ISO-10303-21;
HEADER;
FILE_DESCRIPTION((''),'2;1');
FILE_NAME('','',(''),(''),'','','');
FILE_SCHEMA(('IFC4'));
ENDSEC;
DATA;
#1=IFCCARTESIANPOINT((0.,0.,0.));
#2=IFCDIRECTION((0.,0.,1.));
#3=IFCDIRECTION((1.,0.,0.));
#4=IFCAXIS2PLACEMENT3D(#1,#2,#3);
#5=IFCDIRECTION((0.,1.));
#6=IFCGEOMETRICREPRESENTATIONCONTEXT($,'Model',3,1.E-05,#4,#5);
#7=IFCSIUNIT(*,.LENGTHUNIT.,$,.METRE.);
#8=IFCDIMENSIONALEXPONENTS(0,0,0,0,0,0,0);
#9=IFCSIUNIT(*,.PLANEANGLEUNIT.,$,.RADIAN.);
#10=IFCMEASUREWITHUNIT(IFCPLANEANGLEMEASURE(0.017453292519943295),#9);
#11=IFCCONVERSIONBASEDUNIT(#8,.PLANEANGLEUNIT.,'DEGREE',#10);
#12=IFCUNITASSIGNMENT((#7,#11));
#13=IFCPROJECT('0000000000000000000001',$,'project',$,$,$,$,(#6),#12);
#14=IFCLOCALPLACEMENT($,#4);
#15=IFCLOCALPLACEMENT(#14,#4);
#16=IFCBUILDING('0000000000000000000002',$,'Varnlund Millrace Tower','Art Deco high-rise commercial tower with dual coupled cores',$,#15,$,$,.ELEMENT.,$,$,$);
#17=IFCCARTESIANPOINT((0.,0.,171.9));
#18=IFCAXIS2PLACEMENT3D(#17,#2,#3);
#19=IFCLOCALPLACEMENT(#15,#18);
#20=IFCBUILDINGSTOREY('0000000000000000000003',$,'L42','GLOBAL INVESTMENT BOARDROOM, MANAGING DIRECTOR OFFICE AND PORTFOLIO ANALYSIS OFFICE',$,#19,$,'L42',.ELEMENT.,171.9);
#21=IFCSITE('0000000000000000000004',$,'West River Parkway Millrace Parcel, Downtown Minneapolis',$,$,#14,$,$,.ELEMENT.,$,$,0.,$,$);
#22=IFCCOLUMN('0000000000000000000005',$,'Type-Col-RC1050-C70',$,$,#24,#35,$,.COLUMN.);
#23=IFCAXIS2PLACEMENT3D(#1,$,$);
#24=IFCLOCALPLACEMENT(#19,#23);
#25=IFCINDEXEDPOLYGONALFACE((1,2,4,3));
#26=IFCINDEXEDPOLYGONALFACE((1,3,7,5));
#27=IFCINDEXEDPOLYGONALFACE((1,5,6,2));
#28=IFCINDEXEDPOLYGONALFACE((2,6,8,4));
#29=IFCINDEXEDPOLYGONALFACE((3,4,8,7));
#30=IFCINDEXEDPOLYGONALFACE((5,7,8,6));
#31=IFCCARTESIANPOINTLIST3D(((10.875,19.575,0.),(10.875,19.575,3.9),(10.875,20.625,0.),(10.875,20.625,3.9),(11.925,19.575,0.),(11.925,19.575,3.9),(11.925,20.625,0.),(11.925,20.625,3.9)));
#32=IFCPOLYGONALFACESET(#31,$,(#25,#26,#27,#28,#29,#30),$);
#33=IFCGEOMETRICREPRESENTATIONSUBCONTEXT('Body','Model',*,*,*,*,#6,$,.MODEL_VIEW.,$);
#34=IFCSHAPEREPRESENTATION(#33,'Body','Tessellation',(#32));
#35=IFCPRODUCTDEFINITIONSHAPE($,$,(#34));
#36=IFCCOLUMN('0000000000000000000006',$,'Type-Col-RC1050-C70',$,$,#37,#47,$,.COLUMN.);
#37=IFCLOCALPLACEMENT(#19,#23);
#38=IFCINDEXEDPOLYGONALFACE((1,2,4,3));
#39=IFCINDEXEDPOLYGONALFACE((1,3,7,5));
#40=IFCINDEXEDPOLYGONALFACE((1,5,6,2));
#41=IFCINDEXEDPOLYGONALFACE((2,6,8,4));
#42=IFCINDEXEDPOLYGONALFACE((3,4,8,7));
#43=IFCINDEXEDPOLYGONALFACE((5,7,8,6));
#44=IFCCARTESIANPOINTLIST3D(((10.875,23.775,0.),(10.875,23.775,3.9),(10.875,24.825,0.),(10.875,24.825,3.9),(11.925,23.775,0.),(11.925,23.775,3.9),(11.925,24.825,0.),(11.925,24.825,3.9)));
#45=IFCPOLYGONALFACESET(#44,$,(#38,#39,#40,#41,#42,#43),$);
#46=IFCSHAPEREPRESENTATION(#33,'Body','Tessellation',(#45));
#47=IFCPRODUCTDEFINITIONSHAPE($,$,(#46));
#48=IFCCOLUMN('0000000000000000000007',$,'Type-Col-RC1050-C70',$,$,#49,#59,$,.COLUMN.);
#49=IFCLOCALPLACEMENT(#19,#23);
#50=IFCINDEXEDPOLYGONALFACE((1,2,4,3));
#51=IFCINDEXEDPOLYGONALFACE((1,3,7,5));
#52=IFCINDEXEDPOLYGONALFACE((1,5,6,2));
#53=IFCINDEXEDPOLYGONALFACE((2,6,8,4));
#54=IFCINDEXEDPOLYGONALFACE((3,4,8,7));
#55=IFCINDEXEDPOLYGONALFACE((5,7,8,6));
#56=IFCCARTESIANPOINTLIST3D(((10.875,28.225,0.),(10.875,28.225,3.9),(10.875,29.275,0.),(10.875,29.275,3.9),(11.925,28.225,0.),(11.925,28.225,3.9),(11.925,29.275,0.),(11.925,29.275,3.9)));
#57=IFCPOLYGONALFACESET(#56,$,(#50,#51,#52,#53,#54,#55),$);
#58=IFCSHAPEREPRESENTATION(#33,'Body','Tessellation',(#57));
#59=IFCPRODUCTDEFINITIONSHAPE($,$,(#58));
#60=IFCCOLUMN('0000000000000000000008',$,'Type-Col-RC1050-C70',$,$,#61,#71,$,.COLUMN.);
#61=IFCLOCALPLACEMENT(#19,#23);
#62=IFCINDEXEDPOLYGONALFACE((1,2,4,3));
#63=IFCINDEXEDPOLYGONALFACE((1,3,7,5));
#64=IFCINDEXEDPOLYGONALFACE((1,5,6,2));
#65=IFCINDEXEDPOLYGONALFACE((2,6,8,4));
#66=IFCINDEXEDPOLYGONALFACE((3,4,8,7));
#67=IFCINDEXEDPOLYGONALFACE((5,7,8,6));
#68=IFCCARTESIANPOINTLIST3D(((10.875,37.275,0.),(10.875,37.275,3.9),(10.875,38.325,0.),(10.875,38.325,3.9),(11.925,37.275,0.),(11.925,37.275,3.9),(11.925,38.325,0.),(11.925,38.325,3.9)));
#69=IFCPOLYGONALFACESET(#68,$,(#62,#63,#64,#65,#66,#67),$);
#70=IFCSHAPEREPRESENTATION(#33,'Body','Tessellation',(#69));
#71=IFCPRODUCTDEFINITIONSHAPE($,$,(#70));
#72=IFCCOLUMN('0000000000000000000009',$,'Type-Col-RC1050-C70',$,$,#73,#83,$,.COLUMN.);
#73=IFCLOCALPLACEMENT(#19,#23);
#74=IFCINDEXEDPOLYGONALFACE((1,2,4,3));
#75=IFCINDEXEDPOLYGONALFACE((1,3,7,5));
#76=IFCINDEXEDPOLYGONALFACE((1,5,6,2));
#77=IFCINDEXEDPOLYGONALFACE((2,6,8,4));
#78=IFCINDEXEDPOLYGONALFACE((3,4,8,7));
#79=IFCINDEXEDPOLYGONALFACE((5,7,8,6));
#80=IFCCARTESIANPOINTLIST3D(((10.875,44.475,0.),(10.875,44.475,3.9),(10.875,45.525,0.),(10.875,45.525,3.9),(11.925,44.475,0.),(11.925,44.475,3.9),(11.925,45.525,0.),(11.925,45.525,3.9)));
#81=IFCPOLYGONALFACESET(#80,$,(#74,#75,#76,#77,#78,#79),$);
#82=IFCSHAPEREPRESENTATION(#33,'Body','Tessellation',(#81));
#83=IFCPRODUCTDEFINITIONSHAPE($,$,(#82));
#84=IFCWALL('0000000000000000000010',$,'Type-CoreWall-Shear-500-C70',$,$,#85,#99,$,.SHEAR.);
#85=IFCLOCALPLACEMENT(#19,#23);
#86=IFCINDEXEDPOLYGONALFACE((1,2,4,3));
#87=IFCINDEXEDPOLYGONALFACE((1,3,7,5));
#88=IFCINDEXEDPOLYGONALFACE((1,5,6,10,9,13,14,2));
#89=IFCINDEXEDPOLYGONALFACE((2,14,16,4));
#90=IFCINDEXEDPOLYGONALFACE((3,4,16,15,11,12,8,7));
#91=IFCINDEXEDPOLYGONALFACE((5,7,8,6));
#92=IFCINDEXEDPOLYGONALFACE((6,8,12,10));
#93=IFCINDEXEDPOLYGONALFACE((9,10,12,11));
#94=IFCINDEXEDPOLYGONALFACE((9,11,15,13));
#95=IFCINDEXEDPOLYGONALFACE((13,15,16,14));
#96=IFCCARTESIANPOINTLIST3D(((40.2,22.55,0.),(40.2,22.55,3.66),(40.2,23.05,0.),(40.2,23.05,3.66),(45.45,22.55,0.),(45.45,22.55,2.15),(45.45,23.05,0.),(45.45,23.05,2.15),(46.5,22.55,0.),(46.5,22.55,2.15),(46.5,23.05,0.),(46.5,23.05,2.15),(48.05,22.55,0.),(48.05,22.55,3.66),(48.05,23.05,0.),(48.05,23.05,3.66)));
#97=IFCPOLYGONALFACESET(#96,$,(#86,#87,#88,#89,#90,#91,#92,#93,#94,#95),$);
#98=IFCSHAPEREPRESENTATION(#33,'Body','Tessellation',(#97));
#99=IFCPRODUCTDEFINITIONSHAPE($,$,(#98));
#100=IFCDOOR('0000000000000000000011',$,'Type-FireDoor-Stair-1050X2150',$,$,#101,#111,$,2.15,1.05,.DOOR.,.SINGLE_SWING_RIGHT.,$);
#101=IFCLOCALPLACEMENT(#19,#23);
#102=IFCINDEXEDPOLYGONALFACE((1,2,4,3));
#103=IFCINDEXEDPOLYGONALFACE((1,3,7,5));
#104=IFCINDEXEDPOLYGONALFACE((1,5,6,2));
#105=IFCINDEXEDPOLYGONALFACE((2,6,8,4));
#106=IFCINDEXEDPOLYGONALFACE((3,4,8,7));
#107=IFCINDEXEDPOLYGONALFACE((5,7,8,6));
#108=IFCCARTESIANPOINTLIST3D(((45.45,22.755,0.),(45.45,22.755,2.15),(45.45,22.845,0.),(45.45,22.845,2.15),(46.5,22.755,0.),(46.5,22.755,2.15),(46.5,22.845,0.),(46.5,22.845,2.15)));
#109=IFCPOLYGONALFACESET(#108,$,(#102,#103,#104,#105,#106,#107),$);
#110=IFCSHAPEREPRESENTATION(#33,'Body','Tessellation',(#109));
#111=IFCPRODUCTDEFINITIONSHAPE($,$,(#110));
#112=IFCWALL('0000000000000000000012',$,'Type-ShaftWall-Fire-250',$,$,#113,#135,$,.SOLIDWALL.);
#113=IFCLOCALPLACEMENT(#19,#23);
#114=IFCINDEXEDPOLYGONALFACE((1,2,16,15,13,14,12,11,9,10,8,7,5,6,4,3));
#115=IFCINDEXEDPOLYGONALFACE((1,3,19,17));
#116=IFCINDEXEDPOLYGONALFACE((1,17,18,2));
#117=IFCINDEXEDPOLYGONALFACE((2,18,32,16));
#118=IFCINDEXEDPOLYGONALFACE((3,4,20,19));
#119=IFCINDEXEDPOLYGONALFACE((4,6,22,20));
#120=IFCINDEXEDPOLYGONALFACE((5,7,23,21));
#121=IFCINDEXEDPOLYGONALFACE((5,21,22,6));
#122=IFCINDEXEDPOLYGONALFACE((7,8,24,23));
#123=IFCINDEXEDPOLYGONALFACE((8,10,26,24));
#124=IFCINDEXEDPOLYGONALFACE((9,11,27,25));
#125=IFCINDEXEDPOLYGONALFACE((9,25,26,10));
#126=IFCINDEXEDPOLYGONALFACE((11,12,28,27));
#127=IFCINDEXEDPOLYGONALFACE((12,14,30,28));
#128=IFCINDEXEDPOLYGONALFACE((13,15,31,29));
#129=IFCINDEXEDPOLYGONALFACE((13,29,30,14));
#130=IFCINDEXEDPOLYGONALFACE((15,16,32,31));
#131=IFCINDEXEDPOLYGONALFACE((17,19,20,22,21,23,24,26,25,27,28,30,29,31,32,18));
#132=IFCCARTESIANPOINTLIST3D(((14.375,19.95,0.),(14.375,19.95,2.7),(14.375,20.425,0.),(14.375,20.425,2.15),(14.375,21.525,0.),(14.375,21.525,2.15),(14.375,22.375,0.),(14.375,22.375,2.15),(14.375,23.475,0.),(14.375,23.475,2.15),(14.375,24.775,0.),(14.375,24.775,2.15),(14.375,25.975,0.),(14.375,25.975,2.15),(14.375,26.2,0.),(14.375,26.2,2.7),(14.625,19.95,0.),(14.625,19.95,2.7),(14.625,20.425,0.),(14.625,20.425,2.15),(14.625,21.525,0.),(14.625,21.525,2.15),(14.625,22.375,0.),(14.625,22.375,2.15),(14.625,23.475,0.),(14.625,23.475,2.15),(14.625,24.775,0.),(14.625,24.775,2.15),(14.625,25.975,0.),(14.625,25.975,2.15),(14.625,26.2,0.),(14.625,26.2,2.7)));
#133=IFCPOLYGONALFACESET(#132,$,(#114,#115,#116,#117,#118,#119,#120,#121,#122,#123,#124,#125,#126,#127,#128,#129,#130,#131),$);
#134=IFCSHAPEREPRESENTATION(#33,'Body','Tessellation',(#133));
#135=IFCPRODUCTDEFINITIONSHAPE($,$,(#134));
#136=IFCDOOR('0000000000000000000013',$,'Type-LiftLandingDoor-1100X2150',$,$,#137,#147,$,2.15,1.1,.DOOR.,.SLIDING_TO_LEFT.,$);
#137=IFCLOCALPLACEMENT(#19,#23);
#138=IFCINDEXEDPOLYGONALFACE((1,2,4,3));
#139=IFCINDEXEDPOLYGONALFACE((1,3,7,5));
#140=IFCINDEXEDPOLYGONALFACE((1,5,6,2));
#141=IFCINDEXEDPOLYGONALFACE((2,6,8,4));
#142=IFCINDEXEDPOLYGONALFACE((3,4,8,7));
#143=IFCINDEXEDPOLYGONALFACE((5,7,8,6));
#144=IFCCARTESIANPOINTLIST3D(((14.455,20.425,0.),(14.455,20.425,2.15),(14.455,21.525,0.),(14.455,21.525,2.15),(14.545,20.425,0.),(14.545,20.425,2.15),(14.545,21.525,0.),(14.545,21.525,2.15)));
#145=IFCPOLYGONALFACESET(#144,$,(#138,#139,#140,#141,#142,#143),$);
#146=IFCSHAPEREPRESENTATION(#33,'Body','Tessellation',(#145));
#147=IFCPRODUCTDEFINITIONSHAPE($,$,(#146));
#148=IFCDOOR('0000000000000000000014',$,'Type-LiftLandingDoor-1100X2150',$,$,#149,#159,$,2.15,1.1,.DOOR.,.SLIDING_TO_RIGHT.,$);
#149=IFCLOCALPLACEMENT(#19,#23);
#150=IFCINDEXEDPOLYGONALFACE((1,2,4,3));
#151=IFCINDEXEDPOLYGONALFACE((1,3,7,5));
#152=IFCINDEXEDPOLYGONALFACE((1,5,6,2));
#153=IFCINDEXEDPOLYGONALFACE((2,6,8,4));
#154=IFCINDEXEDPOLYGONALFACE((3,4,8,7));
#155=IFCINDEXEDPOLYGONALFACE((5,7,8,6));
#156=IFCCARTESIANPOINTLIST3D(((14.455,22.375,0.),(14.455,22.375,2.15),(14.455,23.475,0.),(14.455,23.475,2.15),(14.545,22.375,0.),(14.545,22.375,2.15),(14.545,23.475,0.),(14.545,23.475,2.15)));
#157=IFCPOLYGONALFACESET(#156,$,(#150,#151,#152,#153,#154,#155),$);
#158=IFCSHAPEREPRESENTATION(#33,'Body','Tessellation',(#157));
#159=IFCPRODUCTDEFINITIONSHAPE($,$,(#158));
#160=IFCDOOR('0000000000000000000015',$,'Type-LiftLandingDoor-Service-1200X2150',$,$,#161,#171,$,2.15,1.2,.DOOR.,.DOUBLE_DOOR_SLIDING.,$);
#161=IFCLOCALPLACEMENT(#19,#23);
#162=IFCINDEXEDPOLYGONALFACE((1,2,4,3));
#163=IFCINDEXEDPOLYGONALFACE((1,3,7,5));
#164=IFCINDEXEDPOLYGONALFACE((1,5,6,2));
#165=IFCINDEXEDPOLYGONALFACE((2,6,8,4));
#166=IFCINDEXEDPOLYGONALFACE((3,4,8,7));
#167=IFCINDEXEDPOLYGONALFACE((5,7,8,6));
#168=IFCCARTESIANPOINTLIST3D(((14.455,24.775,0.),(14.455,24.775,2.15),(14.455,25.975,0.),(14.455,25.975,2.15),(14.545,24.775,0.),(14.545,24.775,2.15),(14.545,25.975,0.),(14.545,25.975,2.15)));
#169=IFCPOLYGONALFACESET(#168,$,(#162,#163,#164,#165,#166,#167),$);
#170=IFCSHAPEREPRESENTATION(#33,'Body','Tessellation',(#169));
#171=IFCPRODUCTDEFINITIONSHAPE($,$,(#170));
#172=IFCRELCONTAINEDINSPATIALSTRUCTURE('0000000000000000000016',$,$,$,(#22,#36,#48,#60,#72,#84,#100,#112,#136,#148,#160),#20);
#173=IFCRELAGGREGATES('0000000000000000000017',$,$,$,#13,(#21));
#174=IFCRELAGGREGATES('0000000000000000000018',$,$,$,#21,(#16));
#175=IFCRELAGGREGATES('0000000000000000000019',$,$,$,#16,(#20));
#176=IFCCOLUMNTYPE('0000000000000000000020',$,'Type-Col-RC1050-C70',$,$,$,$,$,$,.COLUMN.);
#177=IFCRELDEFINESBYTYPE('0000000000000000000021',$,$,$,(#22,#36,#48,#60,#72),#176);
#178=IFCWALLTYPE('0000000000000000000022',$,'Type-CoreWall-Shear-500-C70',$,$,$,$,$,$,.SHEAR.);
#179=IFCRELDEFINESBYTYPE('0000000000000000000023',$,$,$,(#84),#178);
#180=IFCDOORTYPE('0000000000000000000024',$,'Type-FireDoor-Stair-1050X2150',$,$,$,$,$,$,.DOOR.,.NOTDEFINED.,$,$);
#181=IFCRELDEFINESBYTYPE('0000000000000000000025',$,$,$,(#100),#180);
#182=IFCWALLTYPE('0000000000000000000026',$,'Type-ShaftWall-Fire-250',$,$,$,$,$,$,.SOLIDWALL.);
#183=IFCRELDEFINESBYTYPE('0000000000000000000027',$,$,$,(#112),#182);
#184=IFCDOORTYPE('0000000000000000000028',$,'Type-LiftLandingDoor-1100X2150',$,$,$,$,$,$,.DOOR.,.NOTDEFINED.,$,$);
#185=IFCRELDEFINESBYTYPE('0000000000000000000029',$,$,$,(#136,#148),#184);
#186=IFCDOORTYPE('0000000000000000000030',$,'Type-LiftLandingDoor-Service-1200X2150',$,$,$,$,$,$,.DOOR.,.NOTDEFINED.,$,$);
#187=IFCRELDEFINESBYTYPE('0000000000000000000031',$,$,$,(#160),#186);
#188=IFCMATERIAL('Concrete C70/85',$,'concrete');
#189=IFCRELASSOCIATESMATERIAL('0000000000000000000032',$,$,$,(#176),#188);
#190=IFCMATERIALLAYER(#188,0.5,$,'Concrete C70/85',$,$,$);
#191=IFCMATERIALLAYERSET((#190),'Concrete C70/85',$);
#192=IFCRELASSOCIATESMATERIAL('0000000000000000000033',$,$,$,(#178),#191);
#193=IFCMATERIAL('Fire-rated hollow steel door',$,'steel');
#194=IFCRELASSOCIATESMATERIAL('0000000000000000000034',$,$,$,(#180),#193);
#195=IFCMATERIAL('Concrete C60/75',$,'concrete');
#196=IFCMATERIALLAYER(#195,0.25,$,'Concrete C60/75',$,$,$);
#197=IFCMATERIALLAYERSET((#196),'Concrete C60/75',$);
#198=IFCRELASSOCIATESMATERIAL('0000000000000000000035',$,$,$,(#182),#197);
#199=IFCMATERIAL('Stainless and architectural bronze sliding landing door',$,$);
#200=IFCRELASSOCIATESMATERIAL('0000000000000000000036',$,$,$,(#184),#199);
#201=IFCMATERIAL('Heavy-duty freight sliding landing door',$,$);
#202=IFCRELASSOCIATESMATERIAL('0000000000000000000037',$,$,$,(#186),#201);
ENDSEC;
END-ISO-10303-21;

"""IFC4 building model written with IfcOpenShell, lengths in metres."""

from ifc_helpers import new_model, entity, si_unit, converted_unit, direction, frame, origin_with_axes, origin_2d_with_axis, place, context, subcontext, project, spatial, polyline, rectangle, outline, extrude, material, layer, layer_set, material_profile, profile_set, type_object, element, fill, save


model = new_model("IFC4")

# Units and contexts
model_context = context("Model", 3, precision=1e-05, world=origin_with_axes(), true_north=direction((0.0, 1.0)))
body_context = subcontext(model_context, "Body", "Model", "MODEL_VIEW")
ifc_project = project(units=[si_unit("LENGTHUNIT", "METRE"), converted_unit("PLANEANGLEUNIT", "DEGREE", entity("IfcPlaneAngleMeasure", 0.017453292519943295), si_unit("PLANEANGLEUNIT", "RADIAN"), dimensions=[0, 0, 0, 0, 0, 0, 0])], contexts=[model_context])

# Site, building, storey
site_placement = place(None, origin_with_axes())
site = spatial("IfcSite", under=ifc_project, at=site_placement, Name="West River Parkway Millrace Parcel, Downtown Minneapolis", CompositionType="ELEMENT", RefElevation=0.0)
building_placement = place(site_placement, origin_with_axes())
building = spatial("IfcBuilding", under=site, at=building_placement, Name="Varnlund Millrace Tower", Description="Art Deco high-rise commercial tower with dual coupled cores", CompositionType="ELEMENT")
storey_placement = place(building_placement, frame((0.0, 0.0, 171.9), z_axis=(0.0, 0.0, 1.0), x_axis=(1.0, 0.0, 0.0)))
storey = spatial("IfcBuildingStorey", under=building, at=storey_placement, Name="L42", Description="GLOBAL INVESTMENT BOARDROOM, MANAGING DIRECTOR OFFICE AND PORTFOLIO ANALYSIS OFFICE", LongName="L42", CompositionType="ELEMENT", Elevation=171.9)

# Columns
ifc_material_1 = material(Name="Concrete C70/85", Category="concrete")
ifc_material_profile = material_profile(ifc_material_1, rectangle(XDim=1.05, YDim=1.05, at=origin_2d_with_axis()), Name="Concrete C70/85")
ifc_profile_set = profile_set([ifc_material_profile], Name="Concrete C70/85")
column_type = type_object("IfcColumnType", Name="Type-Col-RC1050-C70", PredefinedType="COLUMN", material=ifc_profile_set)
for number, where, z_axis, x_axis, name in (
    (1, (11.4, 20.1, 0.0), (0.0, 0.0, 1.0), (1.0, 0.0, 0.0), "Type-Col-RC1050-C70"),
    (2, (11.4, 24.3, 0.0), (0.0, 0.0, 1.0), (1.0, 0.0, 0.0), "Type-Col-RC1050-C70"),
    (3, (11.4, 28.75, 0.0), (0.0, 0.0, 1.0), (1.0, 0.0, 0.0), "Type-Col-RC1050-C70"),
    (4, (11.4, 37.8, 0.0), (0.0, 0.0, 1.0), (1.0, 0.0, 0.0), "Type-Col-RC1050-C70"),
    (5, (11.4, 45.0, 0.0), (0.0, 0.0, 1.0), (1.0, 0.0, 0.0), "Type-Col-RC1050-C70"),
):
    element("IfcColumn", number, at=place(storey_placement, frame(where, z_axis=z_axis, x_axis=x_axis)), inside=storey, type_object=column_type, Name=name, PredefinedType="COLUMN", context=body_context, shape_type="SweptSolid", body=[
        extrude(rectangle(XDim=1.05, YDim=1.05, at=origin_2d_with_axis()), origin_with_axes(), (0.0, 0.0, 1.0), 3.9),
    ])

# Wall, opening, door
ifc_layer_1 = layer(ifc_material_1, 0.5, Name="Concrete C70/85")
ifc_layer_set_1 = layer_set([ifc_layer_1], Name="Concrete C70/85")
wall_type_1 = type_object("IfcWallType", Name="Type-CoreWall-Shear-500-C70", PredefinedType="SHEAR", material=ifc_layer_set_1)
wall_1_placement = place(storey_placement, frame((40.2, 22.8, 0.0), z_axis=(0.0, 0.0, 1.0), x_axis=(1.0, 0.0, 0.0)))
wall_1 = element("IfcWall", 6, at=wall_1_placement, inside=storey, type_object=wall_type_1, Name="Type-CoreWall-Shear-500-C70", PredefinedType="SHEAR", context=body_context, shape_type="SweptSolid", body=[
    extrude(outline(polyline([(0.0, -0.25), (7.85, -0.25), (7.85, 0.25), (0.0, 0.25), (0.0, -0.25)])), origin_with_axes(), (0.0, 0.0, 1.0), 3.66),
])
opening_1_placement = place(wall_1_placement, frame((5.775, 0.0, 0.0), z_axis=(0.0, 0.0, 1.0), x_axis=(1.0, 0.0, 0.0)))
opening_1 = element("IfcOpeningElement", 7, at=opening_1_placement, cuts=wall_1, PredefinedType="OPENING", context=body_context, shape_type="SweptSolid", body=[
    extrude(rectangle(XDim=1.05, YDim=0.52, at=origin_2d_with_axis()), origin_with_axes(), (0.0, 0.0, 1.0), 2.15),
])
ifc_material_2 = material(Name="Fire-rated hollow steel door", Category="steel")
door_type_1 = type_object("IfcDoorType", Name="Type-FireDoor-Stair-1050X2150", OperationType="NOTDEFINED", PredefinedType="DOOR", material=ifc_material_2)
door_1_placement = place(wall_1_placement, frame((5.775, 0.0, 0.0), z_axis=(0.0, 0.0, 1.0), x_axis=(1.0, 0.0, 0.0)))
door_1 = element("IfcDoor", 8, at=door_1_placement, inside=storey, type_object=door_type_1, Name="Type-FireDoor-Stair-1050X2150", OperationType="SINGLE_SWING_RIGHT", OverallHeight=2.15, OverallWidth=1.05, PredefinedType="DOOR", context=body_context, shape_type="SweptSolid", body=[
    extrude(rectangle(XDim=1.05, YDim=0.09, at=origin_2d_with_axis()), origin_with_axes(), (0.0, 0.0, 1.0), 2.15),
])
fill(opening_1, door_1)

# Wall, openings, doors
ifc_material_3 = material(Name="Concrete C60/75", Category="concrete")
ifc_layer_2 = layer(ifc_material_3, 0.25, Name="Concrete C60/75")
ifc_layer_set_2 = layer_set([ifc_layer_2], Name="Concrete C60/75")
wall_type_2 = type_object("IfcWallType", Name="Type-ShaftWall-Fire-250", PredefinedType="SOLIDWALL", material=ifc_layer_set_2)
wall_2_placement = place(storey_placement, frame((14.5, 19.95, 0.0), z_axis=(0.0, 0.0, 1.0), x_axis=(0.0, 1.0, 0.0)))
wall_2 = element("IfcWall", 9, at=wall_2_placement, inside=storey, type_object=wall_type_2, Name="Type-ShaftWall-Fire-250", PredefinedType="SOLIDWALL", context=body_context, shape_type="SweptSolid", body=[
    extrude(outline(polyline([(0.0, -0.125), (6.25, -0.125), (6.25, 0.125), (0.0, 0.125), (0.0, -0.125)])), origin_with_axes(), (0.0, 0.0, 1.0), 2.7),
])
opening_2_placement = place(wall_2_placement, frame((1.025, 0.0, 0.0), z_axis=(0.0, 0.0, 1.0), x_axis=(1.0, 0.0, 0.0)))
opening_2 = element("IfcOpeningElement", 10, at=opening_2_placement, cuts=wall_2, PredefinedType="OPENING", context=body_context, shape_type="SweptSolid", body=[
    extrude(rectangle(XDim=1.1, YDim=0.27, at=origin_2d_with_axis()), origin_with_axes(), (0.0, 0.0, 1.0), 2.15),
])
opening_3_placement = place(wall_2_placement, frame((2.975, 0.0, 0.0), z_axis=(0.0, 0.0, 1.0), x_axis=(1.0, 0.0, 0.0)))
opening_3 = element("IfcOpeningElement", 11, at=opening_3_placement, cuts=wall_2, PredefinedType="OPENING", context=body_context, shape_type="SweptSolid", body=[
    extrude(rectangle(XDim=1.1, YDim=0.27, at=origin_2d_with_axis()), origin_with_axes(), (0.0, 0.0, 1.0), 2.15),
])
opening_4_placement = place(wall_2_placement, frame((5.425, 0.0, 0.0), z_axis=(0.0, 0.0, 1.0), x_axis=(1.0, 0.0, 0.0)))
opening_4 = element("IfcOpeningElement", 12, at=opening_4_placement, cuts=wall_2, PredefinedType="OPENING", context=body_context, shape_type="SweptSolid", body=[
    extrude(rectangle(XDim=1.2, YDim=0.27, at=origin_2d_with_axis()), origin_with_axes(), (0.0, 0.0, 1.0), 2.15),
])
ifc_material_4 = material(Name="Stainless and architectural bronze sliding landing door")
door_type_2 = type_object("IfcDoorType", Name="Type-LiftLandingDoor-1100X2150", OperationType="NOTDEFINED", PredefinedType="DOOR", material=ifc_material_4)
door_2_placement = place(wall_2_placement, frame((1.025, 0.0, 0.0), z_axis=(0.0, 0.0, 1.0), x_axis=(1.0, 0.0, 0.0)))
door_2 = element("IfcDoor", 13, at=door_2_placement, inside=storey, type_object=door_type_2, Name="Type-LiftLandingDoor-1100X2150", OperationType="SLIDING_TO_LEFT", OverallHeight=2.15, OverallWidth=1.1, PredefinedType="DOOR", context=body_context, shape_type="SweptSolid", body=[
    extrude(rectangle(XDim=1.1, YDim=0.09, at=origin_2d_with_axis()), origin_with_axes(), (0.0, 0.0, 1.0), 2.15),
])
fill(opening_2, door_2)
door_3_placement = place(wall_2_placement, frame((2.975, 0.0, 0.0), z_axis=(0.0, 0.0, 1.0), x_axis=(1.0, 0.0, 0.0)))
door_3 = element("IfcDoor", 14, at=door_3_placement, inside=storey, type_object=door_type_2, Name="Type-LiftLandingDoor-1100X2150", OperationType="SLIDING_TO_RIGHT", OverallHeight=2.15, OverallWidth=1.1, PredefinedType="DOOR", context=body_context, shape_type="SweptSolid", body=[
    extrude(rectangle(XDim=1.1, YDim=0.09, at=origin_2d_with_axis()), origin_with_axes(), (0.0, 0.0, 1.0), 2.15),
])
fill(opening_3, door_3)
ifc_material_5 = material(Name="Heavy-duty freight sliding landing door")
door_type_3 = type_object("IfcDoorType", Name="Type-LiftLandingDoor-Service-1200X2150", OperationType="NOTDEFINED", PredefinedType="DOOR", material=ifc_material_5)
door_4_placement = place(wall_2_placement, frame((5.425, 0.0, 0.0), z_axis=(0.0, 0.0, 1.0), x_axis=(1.0, 0.0, 0.0)))
door_4 = element("IfcDoor", 15, at=door_4_placement, inside=storey, type_object=door_type_3, Name="Type-LiftLandingDoor-Service-1200X2150", OperationType="DOUBLE_DOOR_SLIDING", OverallHeight=2.15, OverallWidth=1.2, PredefinedType="DOOR", context=body_context, shape_type="SweptSolid", body=[
    extrude(rectangle(XDim=1.2, YDim=0.09, at=origin_2d_with_axis()), origin_with_axes(), (0.0, 0.0, 1.0), 2.15),
])
fill(opening_4, door_4)

save(model, "model.ifc")
